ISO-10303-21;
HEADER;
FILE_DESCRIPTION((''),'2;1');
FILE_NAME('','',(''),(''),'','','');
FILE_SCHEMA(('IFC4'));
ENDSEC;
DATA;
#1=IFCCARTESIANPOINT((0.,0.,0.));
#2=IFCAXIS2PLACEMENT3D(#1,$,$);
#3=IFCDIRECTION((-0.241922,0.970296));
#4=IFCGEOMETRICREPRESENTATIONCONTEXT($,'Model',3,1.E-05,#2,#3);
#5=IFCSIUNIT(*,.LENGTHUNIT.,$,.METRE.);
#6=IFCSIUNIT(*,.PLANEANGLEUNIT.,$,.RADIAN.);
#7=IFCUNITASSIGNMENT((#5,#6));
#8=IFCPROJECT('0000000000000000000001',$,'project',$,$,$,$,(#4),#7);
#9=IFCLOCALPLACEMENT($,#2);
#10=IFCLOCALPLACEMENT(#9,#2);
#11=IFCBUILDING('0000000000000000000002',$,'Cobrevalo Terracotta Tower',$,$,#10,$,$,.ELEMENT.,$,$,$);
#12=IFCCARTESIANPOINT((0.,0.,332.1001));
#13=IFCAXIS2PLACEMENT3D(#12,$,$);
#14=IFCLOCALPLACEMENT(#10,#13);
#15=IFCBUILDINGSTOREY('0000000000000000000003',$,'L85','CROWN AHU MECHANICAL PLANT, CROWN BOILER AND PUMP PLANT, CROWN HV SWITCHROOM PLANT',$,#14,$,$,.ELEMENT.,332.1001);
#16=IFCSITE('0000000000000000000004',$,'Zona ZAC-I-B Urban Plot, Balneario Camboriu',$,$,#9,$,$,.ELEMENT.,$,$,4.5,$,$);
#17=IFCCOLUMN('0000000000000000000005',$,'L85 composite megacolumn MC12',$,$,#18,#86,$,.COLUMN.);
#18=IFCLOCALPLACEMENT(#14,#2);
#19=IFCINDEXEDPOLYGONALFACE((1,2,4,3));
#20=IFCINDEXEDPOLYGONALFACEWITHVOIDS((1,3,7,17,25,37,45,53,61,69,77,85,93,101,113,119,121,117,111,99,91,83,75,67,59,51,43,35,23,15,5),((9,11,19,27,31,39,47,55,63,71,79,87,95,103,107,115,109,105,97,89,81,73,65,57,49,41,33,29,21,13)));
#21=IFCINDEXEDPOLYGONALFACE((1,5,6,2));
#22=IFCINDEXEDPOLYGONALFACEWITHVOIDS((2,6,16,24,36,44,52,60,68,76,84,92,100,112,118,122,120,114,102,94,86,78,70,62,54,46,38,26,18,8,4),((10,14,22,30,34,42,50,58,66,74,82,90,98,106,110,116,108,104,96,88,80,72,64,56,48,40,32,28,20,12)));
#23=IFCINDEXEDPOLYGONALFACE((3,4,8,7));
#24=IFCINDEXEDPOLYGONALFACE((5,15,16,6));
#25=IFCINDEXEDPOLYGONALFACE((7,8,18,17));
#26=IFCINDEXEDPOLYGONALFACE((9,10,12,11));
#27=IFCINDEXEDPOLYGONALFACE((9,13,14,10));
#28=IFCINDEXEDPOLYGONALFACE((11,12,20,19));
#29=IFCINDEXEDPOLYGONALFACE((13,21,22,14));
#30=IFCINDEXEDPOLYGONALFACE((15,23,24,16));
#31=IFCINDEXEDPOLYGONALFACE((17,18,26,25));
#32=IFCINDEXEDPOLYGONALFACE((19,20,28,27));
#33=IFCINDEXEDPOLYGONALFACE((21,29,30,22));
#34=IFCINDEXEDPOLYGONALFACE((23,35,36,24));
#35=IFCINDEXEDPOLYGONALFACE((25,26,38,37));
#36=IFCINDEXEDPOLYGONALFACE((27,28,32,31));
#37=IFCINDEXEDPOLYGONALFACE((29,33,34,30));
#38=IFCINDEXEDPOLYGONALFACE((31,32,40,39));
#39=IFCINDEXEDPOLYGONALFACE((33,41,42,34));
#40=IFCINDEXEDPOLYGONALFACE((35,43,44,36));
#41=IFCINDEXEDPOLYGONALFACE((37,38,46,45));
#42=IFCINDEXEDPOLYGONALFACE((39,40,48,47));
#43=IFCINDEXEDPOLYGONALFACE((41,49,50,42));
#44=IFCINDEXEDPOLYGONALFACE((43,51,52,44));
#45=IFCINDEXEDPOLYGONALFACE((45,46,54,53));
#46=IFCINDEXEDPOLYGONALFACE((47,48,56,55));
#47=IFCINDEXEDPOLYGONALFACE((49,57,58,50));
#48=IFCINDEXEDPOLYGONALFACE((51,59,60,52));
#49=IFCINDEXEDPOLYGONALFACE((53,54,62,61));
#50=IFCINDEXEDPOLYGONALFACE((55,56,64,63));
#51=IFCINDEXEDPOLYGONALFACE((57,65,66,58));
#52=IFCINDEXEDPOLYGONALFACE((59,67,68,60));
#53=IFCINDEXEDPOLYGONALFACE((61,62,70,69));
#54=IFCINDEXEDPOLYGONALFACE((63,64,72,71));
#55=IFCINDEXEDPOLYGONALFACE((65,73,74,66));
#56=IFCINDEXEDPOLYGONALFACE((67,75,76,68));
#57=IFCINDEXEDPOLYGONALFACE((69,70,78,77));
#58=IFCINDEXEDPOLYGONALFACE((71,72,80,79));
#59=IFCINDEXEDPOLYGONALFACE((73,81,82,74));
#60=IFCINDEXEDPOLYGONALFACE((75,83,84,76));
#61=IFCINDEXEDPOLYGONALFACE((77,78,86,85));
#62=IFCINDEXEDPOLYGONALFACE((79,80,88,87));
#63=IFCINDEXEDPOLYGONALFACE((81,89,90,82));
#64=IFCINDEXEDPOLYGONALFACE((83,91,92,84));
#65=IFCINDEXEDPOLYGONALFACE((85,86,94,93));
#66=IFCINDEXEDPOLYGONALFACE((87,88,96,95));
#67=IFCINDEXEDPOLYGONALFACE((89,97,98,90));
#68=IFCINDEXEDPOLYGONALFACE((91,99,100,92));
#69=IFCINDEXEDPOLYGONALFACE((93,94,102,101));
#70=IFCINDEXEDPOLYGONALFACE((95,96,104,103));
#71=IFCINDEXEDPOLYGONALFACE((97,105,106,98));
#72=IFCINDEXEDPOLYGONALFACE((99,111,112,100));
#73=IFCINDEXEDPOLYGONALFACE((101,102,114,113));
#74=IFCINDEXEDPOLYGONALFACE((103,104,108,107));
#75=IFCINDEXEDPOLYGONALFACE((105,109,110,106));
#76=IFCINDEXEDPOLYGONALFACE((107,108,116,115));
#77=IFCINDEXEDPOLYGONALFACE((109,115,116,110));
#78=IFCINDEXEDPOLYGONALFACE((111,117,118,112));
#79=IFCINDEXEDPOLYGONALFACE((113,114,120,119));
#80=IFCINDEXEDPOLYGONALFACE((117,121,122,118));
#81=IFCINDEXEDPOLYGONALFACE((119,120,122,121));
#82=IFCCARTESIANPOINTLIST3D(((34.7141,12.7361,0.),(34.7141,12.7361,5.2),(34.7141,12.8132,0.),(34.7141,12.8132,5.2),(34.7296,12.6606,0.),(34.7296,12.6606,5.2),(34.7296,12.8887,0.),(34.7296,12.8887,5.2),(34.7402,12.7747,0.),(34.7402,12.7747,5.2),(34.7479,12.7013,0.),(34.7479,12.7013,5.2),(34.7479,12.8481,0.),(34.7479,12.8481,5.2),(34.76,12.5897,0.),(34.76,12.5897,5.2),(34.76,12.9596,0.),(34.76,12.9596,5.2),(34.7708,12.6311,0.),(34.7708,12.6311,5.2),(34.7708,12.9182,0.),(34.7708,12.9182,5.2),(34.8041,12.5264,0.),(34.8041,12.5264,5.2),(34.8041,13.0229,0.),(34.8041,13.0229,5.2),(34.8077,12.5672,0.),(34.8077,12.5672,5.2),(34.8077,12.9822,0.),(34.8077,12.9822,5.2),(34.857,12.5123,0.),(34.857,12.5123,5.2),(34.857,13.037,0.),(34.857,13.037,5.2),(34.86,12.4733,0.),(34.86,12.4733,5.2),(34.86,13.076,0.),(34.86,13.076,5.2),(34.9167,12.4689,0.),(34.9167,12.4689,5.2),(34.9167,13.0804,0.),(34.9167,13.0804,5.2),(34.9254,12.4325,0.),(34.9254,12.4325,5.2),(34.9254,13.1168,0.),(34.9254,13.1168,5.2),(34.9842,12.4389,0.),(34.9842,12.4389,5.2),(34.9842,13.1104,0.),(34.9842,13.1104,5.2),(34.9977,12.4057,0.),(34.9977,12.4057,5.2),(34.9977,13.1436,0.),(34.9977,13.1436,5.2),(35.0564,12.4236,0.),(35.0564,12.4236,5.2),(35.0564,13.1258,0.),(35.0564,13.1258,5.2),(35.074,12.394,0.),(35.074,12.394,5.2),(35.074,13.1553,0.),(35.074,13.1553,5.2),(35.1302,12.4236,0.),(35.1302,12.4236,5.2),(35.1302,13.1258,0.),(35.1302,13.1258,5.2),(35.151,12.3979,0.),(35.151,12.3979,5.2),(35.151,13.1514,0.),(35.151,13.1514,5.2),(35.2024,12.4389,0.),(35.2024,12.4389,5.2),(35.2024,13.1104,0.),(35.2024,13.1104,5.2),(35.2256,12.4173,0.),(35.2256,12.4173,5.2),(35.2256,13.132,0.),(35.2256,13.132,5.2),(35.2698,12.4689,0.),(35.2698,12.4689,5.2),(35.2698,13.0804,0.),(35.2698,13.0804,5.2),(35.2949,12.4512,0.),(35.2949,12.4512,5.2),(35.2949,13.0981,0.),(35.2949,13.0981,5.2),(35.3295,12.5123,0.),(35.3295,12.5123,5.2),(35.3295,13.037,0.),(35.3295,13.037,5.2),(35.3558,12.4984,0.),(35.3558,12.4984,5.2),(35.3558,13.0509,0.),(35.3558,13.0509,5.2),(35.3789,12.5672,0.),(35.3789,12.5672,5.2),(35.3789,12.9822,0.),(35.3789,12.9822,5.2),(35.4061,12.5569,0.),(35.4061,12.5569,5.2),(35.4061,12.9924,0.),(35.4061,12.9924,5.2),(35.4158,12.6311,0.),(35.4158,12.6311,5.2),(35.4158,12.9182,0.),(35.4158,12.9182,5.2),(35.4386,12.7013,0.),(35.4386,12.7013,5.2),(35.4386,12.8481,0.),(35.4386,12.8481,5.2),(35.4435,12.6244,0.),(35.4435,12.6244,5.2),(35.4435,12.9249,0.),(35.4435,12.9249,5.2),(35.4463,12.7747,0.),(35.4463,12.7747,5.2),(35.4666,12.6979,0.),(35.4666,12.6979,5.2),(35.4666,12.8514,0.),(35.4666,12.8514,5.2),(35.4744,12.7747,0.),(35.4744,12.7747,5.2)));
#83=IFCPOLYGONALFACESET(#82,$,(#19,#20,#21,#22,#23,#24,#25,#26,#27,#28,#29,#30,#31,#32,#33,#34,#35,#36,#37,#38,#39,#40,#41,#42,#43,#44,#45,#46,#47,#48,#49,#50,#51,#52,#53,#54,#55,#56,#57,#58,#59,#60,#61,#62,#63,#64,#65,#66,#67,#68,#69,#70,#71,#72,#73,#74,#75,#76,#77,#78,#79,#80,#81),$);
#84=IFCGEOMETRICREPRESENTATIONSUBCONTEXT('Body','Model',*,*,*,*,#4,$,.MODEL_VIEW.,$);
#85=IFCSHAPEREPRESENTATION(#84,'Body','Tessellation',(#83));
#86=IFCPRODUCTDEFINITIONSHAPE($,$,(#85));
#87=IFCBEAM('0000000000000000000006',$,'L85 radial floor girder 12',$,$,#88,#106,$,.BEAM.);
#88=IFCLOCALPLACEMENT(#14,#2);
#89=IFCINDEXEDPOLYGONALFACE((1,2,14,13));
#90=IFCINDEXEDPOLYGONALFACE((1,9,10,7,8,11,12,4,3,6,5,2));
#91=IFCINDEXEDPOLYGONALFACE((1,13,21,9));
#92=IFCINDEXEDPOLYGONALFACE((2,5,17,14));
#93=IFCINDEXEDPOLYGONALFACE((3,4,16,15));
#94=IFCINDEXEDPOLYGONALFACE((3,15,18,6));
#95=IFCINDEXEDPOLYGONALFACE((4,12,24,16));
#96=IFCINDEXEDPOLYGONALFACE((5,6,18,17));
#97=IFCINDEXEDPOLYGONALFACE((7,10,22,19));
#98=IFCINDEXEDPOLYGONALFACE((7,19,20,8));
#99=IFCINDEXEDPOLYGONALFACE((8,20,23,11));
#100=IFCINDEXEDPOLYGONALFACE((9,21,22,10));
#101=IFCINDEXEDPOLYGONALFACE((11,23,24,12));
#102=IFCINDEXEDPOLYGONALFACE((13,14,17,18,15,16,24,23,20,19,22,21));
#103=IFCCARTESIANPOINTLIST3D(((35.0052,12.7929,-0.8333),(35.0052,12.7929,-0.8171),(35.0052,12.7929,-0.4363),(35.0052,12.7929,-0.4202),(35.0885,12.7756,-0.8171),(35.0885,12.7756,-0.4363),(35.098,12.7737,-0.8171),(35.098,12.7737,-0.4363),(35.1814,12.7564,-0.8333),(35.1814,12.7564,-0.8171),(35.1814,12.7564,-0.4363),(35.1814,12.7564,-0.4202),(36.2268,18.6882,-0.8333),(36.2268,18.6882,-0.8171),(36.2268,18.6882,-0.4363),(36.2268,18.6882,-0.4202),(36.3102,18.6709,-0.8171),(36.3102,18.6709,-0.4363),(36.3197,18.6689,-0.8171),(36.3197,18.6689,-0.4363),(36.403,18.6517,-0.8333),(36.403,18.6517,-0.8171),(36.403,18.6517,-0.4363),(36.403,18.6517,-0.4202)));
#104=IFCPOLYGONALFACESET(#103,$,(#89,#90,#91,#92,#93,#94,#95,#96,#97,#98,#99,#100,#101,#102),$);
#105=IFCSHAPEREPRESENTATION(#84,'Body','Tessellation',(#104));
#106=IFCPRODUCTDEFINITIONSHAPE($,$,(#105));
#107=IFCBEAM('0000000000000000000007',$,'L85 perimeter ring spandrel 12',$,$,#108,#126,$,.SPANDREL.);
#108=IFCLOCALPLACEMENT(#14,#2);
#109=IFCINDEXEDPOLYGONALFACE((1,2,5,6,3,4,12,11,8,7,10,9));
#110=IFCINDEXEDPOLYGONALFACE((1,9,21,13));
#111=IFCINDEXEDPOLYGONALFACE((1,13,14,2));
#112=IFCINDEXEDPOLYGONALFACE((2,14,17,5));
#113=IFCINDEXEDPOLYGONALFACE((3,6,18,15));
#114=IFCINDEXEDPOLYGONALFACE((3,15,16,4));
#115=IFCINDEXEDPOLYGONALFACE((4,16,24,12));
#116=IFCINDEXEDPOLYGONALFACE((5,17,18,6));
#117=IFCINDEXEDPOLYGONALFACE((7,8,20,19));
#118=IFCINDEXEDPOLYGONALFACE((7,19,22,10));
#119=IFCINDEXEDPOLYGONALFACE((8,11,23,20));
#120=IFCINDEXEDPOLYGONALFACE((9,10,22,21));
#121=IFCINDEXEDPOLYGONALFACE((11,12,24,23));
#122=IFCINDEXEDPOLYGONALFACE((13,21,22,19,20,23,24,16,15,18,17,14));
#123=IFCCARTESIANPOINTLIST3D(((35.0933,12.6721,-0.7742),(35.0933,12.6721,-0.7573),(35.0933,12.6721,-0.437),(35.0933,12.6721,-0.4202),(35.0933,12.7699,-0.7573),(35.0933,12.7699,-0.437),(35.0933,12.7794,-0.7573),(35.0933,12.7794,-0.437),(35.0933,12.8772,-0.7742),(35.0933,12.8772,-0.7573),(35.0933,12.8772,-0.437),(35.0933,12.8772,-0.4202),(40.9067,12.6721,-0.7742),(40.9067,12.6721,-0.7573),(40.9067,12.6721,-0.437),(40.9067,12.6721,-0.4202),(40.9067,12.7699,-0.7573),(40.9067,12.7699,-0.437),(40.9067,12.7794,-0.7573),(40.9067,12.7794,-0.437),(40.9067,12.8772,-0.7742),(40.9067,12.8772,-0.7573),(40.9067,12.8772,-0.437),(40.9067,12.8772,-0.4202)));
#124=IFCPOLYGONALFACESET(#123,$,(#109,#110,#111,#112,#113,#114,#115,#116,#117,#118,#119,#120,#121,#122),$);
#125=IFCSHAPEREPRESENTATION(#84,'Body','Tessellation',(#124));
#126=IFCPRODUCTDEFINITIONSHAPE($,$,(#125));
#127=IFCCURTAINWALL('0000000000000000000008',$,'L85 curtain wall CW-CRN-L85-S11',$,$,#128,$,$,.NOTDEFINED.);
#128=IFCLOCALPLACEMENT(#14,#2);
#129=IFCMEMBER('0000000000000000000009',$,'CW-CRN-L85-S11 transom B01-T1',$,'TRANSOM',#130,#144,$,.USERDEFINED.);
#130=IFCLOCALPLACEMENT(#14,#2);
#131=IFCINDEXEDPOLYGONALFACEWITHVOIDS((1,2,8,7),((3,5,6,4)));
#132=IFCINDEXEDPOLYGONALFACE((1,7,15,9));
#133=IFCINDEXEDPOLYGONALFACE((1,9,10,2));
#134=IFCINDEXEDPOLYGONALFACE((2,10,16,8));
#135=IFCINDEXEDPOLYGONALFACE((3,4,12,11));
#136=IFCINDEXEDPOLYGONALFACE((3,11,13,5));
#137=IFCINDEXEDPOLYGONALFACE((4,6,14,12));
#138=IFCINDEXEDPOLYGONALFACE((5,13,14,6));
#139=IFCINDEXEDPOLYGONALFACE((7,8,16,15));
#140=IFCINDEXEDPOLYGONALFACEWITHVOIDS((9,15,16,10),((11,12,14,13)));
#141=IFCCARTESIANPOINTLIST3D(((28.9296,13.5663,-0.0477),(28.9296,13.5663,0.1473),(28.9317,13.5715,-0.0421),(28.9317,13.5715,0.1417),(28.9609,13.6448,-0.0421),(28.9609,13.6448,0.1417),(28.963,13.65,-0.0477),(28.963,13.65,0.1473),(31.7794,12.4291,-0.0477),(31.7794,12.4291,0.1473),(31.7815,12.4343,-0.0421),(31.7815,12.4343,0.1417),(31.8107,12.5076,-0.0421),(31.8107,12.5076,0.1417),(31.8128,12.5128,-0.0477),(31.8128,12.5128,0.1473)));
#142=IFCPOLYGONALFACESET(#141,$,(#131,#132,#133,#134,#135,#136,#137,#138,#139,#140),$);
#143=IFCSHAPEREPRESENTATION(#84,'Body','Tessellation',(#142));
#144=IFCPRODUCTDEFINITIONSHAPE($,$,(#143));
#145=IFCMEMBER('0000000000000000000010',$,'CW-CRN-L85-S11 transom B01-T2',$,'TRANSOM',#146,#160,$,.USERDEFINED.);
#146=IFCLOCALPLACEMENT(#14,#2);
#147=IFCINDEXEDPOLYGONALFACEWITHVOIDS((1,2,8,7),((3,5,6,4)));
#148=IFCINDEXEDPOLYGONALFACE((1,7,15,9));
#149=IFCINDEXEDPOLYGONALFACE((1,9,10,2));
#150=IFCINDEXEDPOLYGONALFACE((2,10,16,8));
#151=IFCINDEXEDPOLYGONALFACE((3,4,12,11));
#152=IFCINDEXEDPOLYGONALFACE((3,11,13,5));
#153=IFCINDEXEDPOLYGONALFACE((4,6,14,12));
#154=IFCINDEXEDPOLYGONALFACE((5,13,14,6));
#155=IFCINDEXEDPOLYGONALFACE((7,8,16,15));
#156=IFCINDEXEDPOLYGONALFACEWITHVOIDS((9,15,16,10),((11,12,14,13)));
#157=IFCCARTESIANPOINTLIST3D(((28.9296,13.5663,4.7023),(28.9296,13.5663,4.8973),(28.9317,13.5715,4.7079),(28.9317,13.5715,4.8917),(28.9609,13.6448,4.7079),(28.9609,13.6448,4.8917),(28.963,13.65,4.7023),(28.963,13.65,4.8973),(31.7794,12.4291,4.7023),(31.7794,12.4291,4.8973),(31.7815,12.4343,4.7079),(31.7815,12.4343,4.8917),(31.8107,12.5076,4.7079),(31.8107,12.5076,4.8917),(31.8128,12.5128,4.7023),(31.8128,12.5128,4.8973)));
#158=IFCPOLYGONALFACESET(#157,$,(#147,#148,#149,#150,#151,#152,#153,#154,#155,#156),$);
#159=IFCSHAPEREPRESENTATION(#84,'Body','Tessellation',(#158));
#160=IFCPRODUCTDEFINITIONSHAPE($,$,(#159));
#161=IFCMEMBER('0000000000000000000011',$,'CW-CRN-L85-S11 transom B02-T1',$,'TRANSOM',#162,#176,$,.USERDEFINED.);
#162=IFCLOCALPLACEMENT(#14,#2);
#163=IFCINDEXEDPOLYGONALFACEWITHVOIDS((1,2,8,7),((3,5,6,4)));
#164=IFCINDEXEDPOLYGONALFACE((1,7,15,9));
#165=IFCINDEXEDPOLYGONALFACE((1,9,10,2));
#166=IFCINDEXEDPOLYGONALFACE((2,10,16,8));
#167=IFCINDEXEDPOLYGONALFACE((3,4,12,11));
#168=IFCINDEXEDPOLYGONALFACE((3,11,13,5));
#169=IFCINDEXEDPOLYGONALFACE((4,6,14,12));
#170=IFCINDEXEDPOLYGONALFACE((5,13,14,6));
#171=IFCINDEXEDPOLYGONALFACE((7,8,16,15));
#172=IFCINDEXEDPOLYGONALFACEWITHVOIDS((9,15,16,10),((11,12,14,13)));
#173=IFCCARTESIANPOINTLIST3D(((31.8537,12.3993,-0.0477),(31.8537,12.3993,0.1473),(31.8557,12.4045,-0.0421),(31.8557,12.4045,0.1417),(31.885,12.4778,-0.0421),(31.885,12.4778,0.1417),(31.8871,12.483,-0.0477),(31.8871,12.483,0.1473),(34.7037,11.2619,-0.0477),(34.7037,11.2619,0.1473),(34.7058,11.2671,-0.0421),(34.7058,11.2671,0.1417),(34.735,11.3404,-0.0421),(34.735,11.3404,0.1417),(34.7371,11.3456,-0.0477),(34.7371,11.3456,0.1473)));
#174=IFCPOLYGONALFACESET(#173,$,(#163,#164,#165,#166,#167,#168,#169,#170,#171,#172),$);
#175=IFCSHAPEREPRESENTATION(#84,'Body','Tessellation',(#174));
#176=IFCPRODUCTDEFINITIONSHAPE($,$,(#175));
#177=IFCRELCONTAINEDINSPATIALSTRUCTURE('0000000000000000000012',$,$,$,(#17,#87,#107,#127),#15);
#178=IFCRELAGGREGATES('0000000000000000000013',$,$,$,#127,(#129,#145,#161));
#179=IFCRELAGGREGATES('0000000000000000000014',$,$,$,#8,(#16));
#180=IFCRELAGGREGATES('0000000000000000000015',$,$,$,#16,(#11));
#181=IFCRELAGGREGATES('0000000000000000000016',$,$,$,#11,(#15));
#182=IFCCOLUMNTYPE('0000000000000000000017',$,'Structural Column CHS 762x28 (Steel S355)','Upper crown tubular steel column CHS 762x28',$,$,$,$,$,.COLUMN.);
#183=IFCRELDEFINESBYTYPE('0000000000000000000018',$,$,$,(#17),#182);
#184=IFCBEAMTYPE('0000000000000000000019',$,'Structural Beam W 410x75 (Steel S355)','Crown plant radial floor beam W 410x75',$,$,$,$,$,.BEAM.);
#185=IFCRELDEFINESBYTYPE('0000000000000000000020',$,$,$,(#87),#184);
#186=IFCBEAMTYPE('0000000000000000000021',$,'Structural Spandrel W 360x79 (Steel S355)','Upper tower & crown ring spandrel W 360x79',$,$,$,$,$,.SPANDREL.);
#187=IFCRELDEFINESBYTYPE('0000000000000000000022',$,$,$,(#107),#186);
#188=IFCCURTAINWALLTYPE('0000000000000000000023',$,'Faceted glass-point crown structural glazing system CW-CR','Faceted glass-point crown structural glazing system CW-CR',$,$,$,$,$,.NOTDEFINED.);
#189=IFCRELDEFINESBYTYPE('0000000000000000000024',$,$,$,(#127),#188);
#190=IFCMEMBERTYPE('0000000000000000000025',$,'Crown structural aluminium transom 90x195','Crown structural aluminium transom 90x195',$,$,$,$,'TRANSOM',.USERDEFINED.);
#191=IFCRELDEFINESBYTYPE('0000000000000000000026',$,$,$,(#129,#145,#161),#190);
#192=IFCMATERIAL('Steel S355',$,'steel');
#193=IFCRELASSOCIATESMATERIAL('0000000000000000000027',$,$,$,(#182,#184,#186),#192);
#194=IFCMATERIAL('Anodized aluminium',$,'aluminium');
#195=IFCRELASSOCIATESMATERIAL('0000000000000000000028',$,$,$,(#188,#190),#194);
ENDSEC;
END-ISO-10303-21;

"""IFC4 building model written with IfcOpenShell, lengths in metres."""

from ifc_helpers import new_model, si_unit, direction, frame, origin, origin_2d, place, context, subcontext, project, spatial, hollow_rectangle, hollow_circle, i_section, extrude, source, transform, mapped, material, material_profile, profile_set, type_object, element, aggregate, save


model = new_model("IFC4")

# Units and contexts
model_context = context("Model", 3, precision=1e-05, world=origin(), true_north=direction((-0.241922, 0.970296)))
body_context = subcontext(model_context, "Body", "Model", "MODEL_VIEW")
ifc_project = project(units=[si_unit("LENGTHUNIT", "METRE"), si_unit("PLANEANGLEUNIT", "RADIAN")], contexts=[model_context])

# Site, building, storey
site_placement = place(None, origin())
site = spatial("IfcSite", under=ifc_project, at=site_placement, Name="Zona ZAC-I-B Urban Plot, Balneario Camboriu", CompositionType="ELEMENT", RefElevation=4.5)
building_placement = place(site_placement, origin())
building = spatial("IfcBuilding", under=site, at=building_placement, Name="Cobrevalo Terracotta Tower", CompositionType="ELEMENT")
storey_placement = place(building_placement, frame((0.0, 0.0, 332.1001)))
storey = spatial("IfcBuildingStorey", under=building, at=storey_placement, Name="L85", Description="CROWN AHU MECHANICAL PLANT, CROWN BOILER AND PUMP PLANT, CROWN HV SWITCHROOM PLANT", CompositionType="ELEMENT", Elevation=332.1001)

# Column
ifc_material_1 = material(Name="Steel S355", Category="steel")
ifc_material_profile_1 = material_profile(ifc_material_1, hollow_circle(Radius=0.3811, WallThickness=0.0281, at=origin_2d()), Name="CHS 762x28")
ifc_profile_set_1 = profile_set([ifc_material_profile_1], Name="Steel S355")
column_type = type_object("IfcColumnType", Name="Structural Column CHS 762x28 (Steel S355)", Description="Upper crown tubular steel column CHS 762x28", PredefinedType="COLUMN", material=ifc_profile_set_1)
column_placement = place(storey_placement, frame((35.0933, 12.7747, 0.0), z_axis=(0.0, 0.0, 1.0), x_axis=(1.0, 0.0, 0.0)))
element("IfcColumn", 1, at=column_placement, inside=storey, type_object=column_type, Name="L85 composite megacolumn MC12", PredefinedType="COLUMN", context=body_context, shape_type="SweptSolid", body=[
    extrude(hollow_circle(Radius=0.3811, WallThickness=0.0281, at=origin_2d()), origin(), (0.0, 0.0, 1.0), 5.2),
])

# Beams
ifc_material_profile_2 = material_profile(ifc_material_1, i_section(OverallWidth=0.1799, OverallDepth=0.4131, WebThickness=0.0098, FlangeThickness=0.0161, at=origin_2d()), Name="W 410x75")
ifc_profile_set_2 = profile_set([ifc_material_profile_2], Name="Steel S355")
beam_type_1 = type_object("IfcBeamType", Name="Structural Beam W 410x75 (Steel S355)", Description="Crown plant radial floor beam W 410x75", PredefinedType="BEAM", material=ifc_profile_set_2)
beam_1_placement = place(storey_placement, frame((35.0933, 12.7747, -0.6267), z_axis=(0.202919, 0.979195, 0.0), x_axis=(-0.979195, 0.202919, 0.0)))
element("IfcBeam", 2, at=beam_1_placement, inside=storey, type_object=beam_type_1, Name="L85 radial floor girder 12", PredefinedType="BEAM", context=body_context, shape_type="SweptSolid", body=[
    extrude(i_section(OverallWidth=0.1799, OverallDepth=0.4131, WebThickness=0.0098, FlangeThickness=0.0161, at=origin_2d()), origin(), (0.0, 0.0, 1.0), 6.0205),
])
ifc_material_profile_3 = material_profile(ifc_material_1, i_section(OverallWidth=0.2051, OverallDepth=0.354, WebThickness=0.0095, FlangeThickness=0.0168, at=origin_2d()), Name="W 360x79")
ifc_profile_set_3 = profile_set([ifc_material_profile_3], Name="Steel S355")
beam_type_2 = type_object("IfcBeamType", Name="Structural Spandrel W 360x79 (Steel S355)", Description="Upper tower & crown ring spandrel W 360x79", PredefinedType="SPANDREL", material=ifc_profile_set_3)
beam_2_placement = place(storey_placement, frame((35.0933, 12.7747, -0.5972), z_axis=(1.0, 0.0, 0.0), x_axis=(0.0, 1.0, 0.0)))
element("IfcBeam", 3, at=beam_2_placement, inside=storey, type_object=beam_type_2, Name="L85 perimeter ring spandrel 12", PredefinedType="SPANDREL", context=body_context, shape_type="SweptSolid", body=[
    extrude(i_section(OverallWidth=0.2051, OverallDepth=0.354, WebThickness=0.0095, FlangeThickness=0.0168, at=origin_2d()), origin(), (0.0, 0.0, 1.0), 5.8135),
])

# Curtain wall, members
ifc_material_2 = material(Name="Anodized aluminium", Category="aluminium")
curtain_wall_type = type_object("IfcCurtainWallType", Name="Faceted glass-point crown structural glazing system CW-CR", Description="Faceted glass-point crown structural glazing system CW-CR", PredefinedType="NOTDEFINED", material=ifc_material_2)
curtain_wall_1_placement = place(storey_placement, origin())
curtain_wall_1 = element("IfcCurtainWall", 4, at=curtain_wall_1_placement, inside=storey, type_object=curtain_wall_type, Name="L85 curtain wall CW-CRN-L85-S11", PredefinedType="NOTDEFINED")
ifc_material_profile_4 = material_profile(ifc_material_2, hollow_rectangle(XDim=0.0901, YDim=0.1951, WallThickness=0.0056, at=origin_2d()), Name="CWT 90x195")
ifc_profile_set_4 = profile_set([ifc_material_profile_4], Name="Anodized aluminium")
member_type_1 = type_object("IfcMemberType", Name="Crown structural aluminium transom 90x195", Description="Crown structural aluminium transom 90x195", ElementType="TRANSOM", PredefinedType="USERDEFINED", material=ifc_profile_set_4)
shared_shape_1 = source(origin(), body_context, "Body", "SweptSolid", [
    extrude(hollow_rectangle(XDim=0.0901, YDim=0.1951, WallThickness=0.0056, at=origin_2d()), origin(), (0.0, 0.0, 1.0), 3.0684),
])
member_1_placement = place(storey_placement, frame((28.9463, 13.6082, 0.0498), z_axis=(0.928784, -0.370622, 0.0), x_axis=(0.370622, 0.928784, 0.0)))
member_1 = element("IfcMember", 5, at=member_1_placement, type_object=member_type_1, Name="CW-CRN-L85-S11 transom B01-T1", ObjectType="TRANSOM", PredefinedType="USERDEFINED", context=body_context, shape_type="MappedRepresentation", body=[
    mapped(shared_shape_1, transform((0.0, 0.0, 0.0), scale=1.0)),
])
member_2_placement = place(storey_placement, frame((28.9463, 13.6082, 4.7998), z_axis=(0.928784, -0.370622, 0.0), x_axis=(0.370622, 0.928784, 0.0)))
member_2 = element("IfcMember", 6, at=member_2_placement, type_object=member_type_1, Name="CW-CRN-L85-S11 transom B01-T2", ObjectType="TRANSOM", PredefinedType="USERDEFINED", context=body_context, shape_type="MappedRepresentation", body=[
    mapped(shared_shape_1, transform((0.0, 0.0, 0.0), scale=1.0)),
])
shared_shape_2 = source(origin(), body_context, "Body", "SweptSolid", [
    extrude(hollow_rectangle(XDim=0.0901, YDim=0.1951, WallThickness=0.0056, at=origin_2d()), origin(), (0.0, 0.0, 1.0), 3.0686),
])
member_3_placement = place(storey_placement, frame((31.8704, 12.4412, 0.0498), z_axis=(0.928767, -0.370664, 0.0), x_axis=(0.370664, 0.928767, 0.0)))
member_3 = element("IfcMember", 7, at=member_3_placement, type_object=member_type_1, Name="CW-CRN-L85-S11 transom B02-T1", ObjectType="TRANSOM", PredefinedType="USERDEFINED", context=body_context, shape_type="MappedRepresentation", body=[
    mapped(shared_shape_2, transform((0.0, 0.0, 0.0), scale=1.0)),
])

aggregate(curtain_wall_1, [member_1, member_2, member_3])

save(model, "model.ifc")
